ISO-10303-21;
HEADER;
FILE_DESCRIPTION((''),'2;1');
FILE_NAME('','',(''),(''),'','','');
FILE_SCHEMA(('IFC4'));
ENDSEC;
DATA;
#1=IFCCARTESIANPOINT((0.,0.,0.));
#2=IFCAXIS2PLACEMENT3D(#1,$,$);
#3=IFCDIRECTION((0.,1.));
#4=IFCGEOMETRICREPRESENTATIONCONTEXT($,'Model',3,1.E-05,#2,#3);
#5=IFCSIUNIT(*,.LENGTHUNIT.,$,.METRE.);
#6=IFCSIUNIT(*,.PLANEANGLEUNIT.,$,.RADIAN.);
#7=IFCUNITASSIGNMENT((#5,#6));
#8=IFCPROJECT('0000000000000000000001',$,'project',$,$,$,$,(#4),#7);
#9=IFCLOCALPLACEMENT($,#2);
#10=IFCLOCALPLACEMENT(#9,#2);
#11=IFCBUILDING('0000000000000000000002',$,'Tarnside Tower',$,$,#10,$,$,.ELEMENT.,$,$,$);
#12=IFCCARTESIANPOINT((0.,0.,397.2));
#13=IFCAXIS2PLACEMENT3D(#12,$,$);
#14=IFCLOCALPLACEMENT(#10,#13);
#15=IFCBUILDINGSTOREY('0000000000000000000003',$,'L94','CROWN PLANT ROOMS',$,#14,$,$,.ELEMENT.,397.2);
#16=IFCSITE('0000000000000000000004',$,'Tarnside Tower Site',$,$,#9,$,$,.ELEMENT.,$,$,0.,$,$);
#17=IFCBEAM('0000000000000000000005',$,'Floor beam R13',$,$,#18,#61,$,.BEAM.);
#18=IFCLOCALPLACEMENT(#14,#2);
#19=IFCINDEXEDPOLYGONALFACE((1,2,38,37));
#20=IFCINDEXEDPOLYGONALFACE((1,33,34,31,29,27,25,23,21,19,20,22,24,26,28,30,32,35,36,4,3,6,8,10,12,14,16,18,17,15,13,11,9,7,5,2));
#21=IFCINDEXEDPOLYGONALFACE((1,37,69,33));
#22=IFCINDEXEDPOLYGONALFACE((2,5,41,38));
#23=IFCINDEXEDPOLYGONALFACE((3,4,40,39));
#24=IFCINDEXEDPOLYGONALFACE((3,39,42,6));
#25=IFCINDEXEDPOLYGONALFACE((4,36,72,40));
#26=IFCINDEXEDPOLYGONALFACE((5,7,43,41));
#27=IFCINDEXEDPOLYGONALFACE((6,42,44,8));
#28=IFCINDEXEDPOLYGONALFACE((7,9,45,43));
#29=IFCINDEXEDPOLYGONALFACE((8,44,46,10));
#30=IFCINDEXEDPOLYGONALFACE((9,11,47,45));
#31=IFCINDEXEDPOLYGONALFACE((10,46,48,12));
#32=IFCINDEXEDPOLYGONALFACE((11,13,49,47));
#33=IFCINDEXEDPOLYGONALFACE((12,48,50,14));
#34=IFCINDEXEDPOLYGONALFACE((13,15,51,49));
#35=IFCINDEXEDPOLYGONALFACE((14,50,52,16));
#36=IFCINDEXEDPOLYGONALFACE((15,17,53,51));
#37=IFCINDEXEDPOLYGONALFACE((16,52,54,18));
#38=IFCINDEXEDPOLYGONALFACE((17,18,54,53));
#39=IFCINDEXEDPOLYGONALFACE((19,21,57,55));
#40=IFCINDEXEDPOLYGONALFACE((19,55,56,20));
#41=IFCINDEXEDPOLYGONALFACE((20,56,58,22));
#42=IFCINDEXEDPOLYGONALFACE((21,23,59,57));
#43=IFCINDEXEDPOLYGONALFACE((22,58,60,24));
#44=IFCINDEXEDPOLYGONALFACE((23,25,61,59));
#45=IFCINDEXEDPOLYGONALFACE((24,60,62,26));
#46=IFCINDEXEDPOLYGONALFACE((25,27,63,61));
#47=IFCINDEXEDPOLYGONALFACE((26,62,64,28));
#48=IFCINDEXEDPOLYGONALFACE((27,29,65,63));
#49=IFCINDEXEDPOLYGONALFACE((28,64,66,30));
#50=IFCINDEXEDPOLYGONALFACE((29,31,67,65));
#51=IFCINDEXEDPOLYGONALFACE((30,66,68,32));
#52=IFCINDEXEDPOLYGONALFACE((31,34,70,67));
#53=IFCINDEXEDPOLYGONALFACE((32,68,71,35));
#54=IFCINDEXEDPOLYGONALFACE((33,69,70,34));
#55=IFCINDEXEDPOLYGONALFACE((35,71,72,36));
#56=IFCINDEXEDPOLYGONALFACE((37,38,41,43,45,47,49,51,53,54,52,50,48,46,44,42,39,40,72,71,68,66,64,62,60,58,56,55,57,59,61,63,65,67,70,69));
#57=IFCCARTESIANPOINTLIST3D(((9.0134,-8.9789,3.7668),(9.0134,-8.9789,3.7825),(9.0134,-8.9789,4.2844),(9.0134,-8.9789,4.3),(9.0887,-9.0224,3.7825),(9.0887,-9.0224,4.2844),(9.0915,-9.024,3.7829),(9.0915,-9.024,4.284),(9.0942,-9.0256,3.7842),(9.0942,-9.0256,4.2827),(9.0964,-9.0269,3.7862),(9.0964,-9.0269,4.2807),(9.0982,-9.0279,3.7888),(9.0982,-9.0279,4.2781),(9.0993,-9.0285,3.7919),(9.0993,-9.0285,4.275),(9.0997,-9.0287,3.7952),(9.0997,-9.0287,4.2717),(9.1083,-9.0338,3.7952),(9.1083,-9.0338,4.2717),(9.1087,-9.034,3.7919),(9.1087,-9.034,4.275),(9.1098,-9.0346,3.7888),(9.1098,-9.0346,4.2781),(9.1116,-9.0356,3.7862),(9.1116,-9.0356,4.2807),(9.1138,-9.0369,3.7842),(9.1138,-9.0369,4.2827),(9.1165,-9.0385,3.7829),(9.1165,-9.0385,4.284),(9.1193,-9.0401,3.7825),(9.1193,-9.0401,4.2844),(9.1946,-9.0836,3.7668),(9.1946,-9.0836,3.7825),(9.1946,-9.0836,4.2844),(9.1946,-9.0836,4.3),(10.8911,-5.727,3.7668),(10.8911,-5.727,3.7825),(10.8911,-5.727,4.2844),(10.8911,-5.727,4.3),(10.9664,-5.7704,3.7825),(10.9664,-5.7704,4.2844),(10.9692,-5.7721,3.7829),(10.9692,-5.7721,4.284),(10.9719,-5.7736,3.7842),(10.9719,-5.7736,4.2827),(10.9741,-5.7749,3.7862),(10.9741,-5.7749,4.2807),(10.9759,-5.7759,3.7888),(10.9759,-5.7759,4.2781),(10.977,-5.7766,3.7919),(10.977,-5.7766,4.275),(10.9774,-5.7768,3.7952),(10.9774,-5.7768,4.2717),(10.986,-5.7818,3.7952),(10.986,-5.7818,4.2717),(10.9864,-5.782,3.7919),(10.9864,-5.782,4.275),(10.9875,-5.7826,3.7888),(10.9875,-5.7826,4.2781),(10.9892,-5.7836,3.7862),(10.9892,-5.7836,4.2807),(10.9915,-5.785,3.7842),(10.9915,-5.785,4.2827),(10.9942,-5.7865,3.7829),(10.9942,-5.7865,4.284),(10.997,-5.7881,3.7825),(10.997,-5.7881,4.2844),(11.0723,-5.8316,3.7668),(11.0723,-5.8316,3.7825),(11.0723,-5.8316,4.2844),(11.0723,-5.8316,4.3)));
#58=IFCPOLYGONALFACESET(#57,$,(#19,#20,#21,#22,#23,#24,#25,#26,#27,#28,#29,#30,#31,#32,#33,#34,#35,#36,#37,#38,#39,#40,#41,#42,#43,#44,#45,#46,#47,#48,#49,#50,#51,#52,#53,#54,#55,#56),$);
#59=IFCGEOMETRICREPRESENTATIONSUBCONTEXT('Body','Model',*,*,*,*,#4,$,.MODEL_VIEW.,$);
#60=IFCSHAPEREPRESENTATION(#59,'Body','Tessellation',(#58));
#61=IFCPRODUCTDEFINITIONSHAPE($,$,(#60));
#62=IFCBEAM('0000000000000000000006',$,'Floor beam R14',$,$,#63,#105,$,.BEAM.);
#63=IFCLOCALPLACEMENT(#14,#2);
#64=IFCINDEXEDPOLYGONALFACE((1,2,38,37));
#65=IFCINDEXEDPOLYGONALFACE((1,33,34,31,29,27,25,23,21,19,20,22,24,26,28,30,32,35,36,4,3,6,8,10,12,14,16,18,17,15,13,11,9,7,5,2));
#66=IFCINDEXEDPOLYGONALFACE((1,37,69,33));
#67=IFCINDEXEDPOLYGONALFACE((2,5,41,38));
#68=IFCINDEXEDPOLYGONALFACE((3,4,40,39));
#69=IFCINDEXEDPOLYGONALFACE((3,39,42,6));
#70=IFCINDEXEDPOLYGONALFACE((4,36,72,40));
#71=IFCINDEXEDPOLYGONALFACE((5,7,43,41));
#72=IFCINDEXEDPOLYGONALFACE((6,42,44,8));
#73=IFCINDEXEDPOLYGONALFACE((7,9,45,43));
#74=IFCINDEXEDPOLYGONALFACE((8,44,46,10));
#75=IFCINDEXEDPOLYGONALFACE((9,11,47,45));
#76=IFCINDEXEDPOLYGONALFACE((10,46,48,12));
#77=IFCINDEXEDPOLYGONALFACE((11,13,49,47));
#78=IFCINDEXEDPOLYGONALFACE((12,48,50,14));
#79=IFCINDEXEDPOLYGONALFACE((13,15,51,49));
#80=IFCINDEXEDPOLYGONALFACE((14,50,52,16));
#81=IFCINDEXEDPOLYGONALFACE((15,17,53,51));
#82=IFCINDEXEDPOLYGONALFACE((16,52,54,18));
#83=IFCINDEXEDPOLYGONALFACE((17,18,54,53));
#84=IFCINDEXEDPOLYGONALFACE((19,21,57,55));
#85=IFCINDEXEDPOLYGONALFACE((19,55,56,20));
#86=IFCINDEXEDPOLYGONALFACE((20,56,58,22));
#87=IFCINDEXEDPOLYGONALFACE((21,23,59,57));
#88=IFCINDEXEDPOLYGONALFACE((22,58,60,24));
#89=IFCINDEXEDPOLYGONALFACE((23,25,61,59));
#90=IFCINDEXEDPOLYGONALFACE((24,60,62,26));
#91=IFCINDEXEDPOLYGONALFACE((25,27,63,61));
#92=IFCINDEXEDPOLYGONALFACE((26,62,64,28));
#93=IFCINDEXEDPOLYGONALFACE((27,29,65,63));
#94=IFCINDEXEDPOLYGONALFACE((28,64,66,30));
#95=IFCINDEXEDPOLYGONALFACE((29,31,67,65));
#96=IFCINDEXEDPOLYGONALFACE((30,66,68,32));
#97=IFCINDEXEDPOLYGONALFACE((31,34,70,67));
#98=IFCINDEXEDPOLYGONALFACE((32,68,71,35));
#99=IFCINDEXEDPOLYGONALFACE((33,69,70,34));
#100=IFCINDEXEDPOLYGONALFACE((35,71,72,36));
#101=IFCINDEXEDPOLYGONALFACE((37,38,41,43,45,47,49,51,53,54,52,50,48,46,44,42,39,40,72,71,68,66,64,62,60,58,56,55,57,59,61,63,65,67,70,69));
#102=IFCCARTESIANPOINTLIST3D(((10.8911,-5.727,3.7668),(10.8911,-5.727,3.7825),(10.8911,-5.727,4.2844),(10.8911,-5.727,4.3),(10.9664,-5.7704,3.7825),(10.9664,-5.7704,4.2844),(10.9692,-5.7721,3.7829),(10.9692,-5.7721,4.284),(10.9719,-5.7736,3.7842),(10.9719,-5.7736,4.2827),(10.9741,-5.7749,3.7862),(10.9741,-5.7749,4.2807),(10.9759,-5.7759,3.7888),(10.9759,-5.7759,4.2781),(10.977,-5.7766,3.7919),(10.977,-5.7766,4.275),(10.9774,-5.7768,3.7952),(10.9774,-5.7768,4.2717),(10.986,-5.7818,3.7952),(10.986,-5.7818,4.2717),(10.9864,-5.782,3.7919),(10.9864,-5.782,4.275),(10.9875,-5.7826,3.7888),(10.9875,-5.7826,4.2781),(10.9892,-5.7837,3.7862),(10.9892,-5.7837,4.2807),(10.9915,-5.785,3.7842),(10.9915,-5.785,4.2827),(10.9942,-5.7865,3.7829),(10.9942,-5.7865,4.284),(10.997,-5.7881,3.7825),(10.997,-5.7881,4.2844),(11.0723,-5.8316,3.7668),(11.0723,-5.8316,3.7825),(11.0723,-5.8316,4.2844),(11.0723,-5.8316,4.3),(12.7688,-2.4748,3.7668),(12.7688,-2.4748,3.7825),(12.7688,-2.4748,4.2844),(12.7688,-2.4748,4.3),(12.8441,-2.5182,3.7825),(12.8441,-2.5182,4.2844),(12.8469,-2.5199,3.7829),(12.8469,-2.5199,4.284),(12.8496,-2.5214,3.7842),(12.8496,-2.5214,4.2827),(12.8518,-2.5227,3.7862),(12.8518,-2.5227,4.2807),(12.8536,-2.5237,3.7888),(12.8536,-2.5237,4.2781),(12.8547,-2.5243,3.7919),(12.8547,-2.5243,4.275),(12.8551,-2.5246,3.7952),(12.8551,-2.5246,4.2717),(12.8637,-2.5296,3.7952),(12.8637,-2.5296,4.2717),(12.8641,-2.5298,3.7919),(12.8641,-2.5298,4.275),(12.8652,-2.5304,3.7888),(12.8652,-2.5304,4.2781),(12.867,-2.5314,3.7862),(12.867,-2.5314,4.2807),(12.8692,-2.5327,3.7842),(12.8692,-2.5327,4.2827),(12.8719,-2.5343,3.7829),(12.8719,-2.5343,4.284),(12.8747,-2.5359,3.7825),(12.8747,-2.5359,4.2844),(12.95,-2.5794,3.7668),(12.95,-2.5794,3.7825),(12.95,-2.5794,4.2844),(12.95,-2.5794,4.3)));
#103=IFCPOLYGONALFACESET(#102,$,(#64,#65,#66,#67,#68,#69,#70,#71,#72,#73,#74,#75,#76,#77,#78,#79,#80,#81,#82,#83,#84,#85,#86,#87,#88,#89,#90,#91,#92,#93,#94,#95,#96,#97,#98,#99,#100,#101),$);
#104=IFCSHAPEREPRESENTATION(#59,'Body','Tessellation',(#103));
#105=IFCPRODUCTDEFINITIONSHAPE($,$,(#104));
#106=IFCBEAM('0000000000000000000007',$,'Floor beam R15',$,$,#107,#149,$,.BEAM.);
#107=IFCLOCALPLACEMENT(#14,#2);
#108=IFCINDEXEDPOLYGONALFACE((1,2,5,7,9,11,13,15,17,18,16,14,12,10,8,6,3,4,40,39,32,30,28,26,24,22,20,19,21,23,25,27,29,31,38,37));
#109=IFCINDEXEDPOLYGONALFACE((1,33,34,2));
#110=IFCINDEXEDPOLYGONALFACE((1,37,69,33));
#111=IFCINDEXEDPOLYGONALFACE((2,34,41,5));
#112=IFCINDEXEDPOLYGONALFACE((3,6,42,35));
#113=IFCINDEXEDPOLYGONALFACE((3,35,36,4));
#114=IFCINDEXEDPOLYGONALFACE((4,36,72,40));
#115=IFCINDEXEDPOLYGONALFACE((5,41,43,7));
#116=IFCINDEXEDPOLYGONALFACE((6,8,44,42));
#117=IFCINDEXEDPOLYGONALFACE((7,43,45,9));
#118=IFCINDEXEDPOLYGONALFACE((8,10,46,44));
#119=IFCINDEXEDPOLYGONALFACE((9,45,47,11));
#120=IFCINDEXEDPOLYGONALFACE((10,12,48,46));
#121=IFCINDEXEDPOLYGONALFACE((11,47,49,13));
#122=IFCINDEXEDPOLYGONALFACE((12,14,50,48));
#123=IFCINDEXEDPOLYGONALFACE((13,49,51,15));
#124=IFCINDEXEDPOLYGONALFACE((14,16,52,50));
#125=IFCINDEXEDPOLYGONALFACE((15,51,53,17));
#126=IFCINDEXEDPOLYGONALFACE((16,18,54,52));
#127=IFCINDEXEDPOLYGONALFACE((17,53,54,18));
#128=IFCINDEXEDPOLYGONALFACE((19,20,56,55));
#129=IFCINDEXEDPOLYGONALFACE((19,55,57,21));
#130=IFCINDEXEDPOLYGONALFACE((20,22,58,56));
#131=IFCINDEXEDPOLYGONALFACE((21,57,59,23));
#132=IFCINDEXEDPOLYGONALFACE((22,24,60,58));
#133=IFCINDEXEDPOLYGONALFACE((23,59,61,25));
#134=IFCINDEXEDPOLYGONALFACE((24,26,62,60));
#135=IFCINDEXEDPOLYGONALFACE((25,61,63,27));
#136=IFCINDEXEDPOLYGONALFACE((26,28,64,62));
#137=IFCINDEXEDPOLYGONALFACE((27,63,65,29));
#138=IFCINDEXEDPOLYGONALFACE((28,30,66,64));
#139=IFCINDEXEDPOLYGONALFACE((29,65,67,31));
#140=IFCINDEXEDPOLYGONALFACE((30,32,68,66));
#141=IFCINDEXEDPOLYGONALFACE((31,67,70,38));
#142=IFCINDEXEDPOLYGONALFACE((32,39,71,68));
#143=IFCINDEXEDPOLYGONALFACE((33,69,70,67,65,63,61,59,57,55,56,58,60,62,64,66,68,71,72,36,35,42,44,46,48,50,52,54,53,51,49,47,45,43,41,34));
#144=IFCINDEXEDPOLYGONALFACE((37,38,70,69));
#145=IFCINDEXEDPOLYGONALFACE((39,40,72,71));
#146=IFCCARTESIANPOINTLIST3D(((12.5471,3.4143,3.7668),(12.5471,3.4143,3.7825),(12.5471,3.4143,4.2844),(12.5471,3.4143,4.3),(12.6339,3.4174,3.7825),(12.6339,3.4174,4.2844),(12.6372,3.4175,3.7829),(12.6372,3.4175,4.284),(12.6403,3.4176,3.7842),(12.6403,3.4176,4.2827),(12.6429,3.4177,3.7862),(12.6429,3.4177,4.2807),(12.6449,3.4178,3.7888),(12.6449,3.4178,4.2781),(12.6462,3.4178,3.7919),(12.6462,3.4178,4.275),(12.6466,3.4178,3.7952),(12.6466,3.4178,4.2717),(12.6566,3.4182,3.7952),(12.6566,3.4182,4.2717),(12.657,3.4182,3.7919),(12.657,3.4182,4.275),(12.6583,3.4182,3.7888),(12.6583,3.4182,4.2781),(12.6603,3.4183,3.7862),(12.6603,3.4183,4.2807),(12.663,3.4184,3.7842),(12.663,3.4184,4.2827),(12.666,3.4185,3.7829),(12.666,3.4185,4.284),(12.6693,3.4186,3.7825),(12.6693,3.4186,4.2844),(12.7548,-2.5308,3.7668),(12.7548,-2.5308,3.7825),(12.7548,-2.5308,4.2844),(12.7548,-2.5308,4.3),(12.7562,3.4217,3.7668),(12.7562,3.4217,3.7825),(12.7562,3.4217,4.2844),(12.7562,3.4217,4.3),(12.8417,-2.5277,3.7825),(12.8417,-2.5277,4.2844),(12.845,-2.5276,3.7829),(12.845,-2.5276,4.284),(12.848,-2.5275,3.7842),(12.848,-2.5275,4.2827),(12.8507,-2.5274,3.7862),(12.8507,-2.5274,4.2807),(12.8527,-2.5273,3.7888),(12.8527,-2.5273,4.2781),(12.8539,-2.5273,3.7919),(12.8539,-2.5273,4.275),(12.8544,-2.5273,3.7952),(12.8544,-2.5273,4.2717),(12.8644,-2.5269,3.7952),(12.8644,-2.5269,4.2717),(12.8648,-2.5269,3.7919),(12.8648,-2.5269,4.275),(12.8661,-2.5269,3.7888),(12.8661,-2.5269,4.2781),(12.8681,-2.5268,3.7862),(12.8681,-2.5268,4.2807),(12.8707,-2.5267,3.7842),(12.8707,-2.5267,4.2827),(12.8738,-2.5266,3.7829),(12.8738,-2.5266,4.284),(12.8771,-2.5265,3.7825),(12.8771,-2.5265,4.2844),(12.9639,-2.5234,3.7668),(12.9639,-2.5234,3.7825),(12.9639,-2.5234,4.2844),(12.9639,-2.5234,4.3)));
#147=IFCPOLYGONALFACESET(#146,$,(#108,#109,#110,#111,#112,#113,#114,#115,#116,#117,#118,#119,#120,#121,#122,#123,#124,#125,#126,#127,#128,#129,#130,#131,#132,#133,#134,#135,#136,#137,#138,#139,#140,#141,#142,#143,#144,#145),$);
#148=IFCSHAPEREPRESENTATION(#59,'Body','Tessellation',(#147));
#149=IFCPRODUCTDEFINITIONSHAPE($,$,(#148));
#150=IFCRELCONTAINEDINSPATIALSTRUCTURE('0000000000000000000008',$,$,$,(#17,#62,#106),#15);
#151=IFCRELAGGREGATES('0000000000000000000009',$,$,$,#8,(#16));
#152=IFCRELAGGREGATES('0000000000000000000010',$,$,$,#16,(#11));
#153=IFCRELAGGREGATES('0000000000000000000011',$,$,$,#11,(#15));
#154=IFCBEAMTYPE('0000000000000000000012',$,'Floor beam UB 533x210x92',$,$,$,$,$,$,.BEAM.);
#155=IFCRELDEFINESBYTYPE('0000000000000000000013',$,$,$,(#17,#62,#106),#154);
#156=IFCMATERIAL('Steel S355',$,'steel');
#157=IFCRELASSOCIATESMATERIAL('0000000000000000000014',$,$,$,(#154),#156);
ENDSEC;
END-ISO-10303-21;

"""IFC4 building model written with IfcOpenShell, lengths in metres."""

from ifc_helpers import new_model, si_unit, direction, frame, origin, origin_2d, place, context, subcontext, project, spatial, i_section, extrude, material, material_profile, profile_set, type_object, element, save


model = new_model("IFC4")

# Units and contexts
model_context = context("Model", 3, precision=1e-05, world=origin(), true_north=direction((0.0, 1.0)))
body_context = subcontext(model_context, "Body", "Model", "MODEL_VIEW")
ifc_project = project(units=[si_unit("LENGTHUNIT", "METRE"), si_unit("PLANEANGLEUNIT", "RADIAN")], contexts=[model_context])

# Site, building, storey
site_placement = place(None, origin())
site = spatial("IfcSite", under=ifc_project, at=site_placement, Name="Tarnside Tower Site", CompositionType="ELEMENT", RefElevation=0.0)
building_placement = place(site_placement, origin())
building = spatial("IfcBuilding", under=site, at=building_placement, Name="Tarnside Tower", CompositionType="ELEMENT")
storey_placement = place(building_placement, frame((0.0, 0.0, 397.2)))
storey = spatial("IfcBuildingStorey", under=building, at=storey_placement, Name="L94", Description="CROWN PLANT ROOMS", CompositionType="ELEMENT", Elevation=397.2)

# Beams
ifc_material_1 = material(Name="Steel S355", Category="steel")
ifc_material_profile_1 = material_profile(ifc_material_1, i_section(OverallWidth=0.2092, OverallDepth=0.5332, WebThickness=0.01, FlangeThickness=0.0156, FilletRadius=0.0127, at=origin_2d()), Name="UB 533x210x92")
ifc_profile_set_1 = profile_set([ifc_material_profile_1], Name="Steel S355")
beam_type_1 = type_object("IfcBeamType", Name="Floor beam UB 533x210x92", PredefinedType="BEAM", material=ifc_profile_set_1)
beam_1_placement = place(storey_placement, frame((9.104, -9.0312, 4.0334), z_axis=(0.500034, 0.866006, 0.0), x_axis=(-0.866006, 0.500034, 0.0)))
element("IfcBeam", 1, at=beam_1_placement, inside=storey, type_object=beam_type_1, Name="Floor beam R13", PredefinedType="BEAM", context=body_context, shape_type="SweptSolid", body=[
    extrude(i_section(OverallWidth=0.2092, OverallDepth=0.5332, WebThickness=0.01, FlangeThickness=0.0156, FilletRadius=0.0127, at=origin_2d()), origin(), (0.0, 0.0, 1.0), 3.7551),
])
beam_2_placement = place(storey_placement, frame((10.9817, -5.7793, 4.0334), z_axis=(0.500006, 0.866022, 0.0), x_axis=(-0.866022, 0.500006, 0.0)))
element("IfcBeam", 2, at=beam_2_placement, inside=storey, type_object=beam_type_1, Name="Floor beam R14", PredefinedType="BEAM", context=body_context, shape_type="SweptSolid", body=[
    extrude(i_section(OverallWidth=0.2092, OverallDepth=0.5332, WebThickness=0.01, FlangeThickness=0.0156, FilletRadius=0.0127, at=origin_2d()), origin(), (0.0, 0.0, 1.0), 3.7554),
])
beam_3_placement = place(storey_placement, frame((12.8594, -2.5271, 4.0334), z_axis=(-0.034926, 0.99939, 0.0), x_axis=(-0.99939, -0.034926, 0.0)))
element("IfcBeam", 3, at=beam_3_placement, inside=storey, type_object=beam_type_1, Name="Floor beam R15", PredefinedType="BEAM", context=body_context, shape_type="SweptSolid", body=[
    extrude(i_section(OverallWidth=0.2092, OverallDepth=0.5332, WebThickness=0.01, FlangeThickness=0.0156, FilletRadius=0.0127, at=origin_2d()), origin(), (0.0, 0.0, 1.0), 5.9487),
])

save(model, "model.ifc")
